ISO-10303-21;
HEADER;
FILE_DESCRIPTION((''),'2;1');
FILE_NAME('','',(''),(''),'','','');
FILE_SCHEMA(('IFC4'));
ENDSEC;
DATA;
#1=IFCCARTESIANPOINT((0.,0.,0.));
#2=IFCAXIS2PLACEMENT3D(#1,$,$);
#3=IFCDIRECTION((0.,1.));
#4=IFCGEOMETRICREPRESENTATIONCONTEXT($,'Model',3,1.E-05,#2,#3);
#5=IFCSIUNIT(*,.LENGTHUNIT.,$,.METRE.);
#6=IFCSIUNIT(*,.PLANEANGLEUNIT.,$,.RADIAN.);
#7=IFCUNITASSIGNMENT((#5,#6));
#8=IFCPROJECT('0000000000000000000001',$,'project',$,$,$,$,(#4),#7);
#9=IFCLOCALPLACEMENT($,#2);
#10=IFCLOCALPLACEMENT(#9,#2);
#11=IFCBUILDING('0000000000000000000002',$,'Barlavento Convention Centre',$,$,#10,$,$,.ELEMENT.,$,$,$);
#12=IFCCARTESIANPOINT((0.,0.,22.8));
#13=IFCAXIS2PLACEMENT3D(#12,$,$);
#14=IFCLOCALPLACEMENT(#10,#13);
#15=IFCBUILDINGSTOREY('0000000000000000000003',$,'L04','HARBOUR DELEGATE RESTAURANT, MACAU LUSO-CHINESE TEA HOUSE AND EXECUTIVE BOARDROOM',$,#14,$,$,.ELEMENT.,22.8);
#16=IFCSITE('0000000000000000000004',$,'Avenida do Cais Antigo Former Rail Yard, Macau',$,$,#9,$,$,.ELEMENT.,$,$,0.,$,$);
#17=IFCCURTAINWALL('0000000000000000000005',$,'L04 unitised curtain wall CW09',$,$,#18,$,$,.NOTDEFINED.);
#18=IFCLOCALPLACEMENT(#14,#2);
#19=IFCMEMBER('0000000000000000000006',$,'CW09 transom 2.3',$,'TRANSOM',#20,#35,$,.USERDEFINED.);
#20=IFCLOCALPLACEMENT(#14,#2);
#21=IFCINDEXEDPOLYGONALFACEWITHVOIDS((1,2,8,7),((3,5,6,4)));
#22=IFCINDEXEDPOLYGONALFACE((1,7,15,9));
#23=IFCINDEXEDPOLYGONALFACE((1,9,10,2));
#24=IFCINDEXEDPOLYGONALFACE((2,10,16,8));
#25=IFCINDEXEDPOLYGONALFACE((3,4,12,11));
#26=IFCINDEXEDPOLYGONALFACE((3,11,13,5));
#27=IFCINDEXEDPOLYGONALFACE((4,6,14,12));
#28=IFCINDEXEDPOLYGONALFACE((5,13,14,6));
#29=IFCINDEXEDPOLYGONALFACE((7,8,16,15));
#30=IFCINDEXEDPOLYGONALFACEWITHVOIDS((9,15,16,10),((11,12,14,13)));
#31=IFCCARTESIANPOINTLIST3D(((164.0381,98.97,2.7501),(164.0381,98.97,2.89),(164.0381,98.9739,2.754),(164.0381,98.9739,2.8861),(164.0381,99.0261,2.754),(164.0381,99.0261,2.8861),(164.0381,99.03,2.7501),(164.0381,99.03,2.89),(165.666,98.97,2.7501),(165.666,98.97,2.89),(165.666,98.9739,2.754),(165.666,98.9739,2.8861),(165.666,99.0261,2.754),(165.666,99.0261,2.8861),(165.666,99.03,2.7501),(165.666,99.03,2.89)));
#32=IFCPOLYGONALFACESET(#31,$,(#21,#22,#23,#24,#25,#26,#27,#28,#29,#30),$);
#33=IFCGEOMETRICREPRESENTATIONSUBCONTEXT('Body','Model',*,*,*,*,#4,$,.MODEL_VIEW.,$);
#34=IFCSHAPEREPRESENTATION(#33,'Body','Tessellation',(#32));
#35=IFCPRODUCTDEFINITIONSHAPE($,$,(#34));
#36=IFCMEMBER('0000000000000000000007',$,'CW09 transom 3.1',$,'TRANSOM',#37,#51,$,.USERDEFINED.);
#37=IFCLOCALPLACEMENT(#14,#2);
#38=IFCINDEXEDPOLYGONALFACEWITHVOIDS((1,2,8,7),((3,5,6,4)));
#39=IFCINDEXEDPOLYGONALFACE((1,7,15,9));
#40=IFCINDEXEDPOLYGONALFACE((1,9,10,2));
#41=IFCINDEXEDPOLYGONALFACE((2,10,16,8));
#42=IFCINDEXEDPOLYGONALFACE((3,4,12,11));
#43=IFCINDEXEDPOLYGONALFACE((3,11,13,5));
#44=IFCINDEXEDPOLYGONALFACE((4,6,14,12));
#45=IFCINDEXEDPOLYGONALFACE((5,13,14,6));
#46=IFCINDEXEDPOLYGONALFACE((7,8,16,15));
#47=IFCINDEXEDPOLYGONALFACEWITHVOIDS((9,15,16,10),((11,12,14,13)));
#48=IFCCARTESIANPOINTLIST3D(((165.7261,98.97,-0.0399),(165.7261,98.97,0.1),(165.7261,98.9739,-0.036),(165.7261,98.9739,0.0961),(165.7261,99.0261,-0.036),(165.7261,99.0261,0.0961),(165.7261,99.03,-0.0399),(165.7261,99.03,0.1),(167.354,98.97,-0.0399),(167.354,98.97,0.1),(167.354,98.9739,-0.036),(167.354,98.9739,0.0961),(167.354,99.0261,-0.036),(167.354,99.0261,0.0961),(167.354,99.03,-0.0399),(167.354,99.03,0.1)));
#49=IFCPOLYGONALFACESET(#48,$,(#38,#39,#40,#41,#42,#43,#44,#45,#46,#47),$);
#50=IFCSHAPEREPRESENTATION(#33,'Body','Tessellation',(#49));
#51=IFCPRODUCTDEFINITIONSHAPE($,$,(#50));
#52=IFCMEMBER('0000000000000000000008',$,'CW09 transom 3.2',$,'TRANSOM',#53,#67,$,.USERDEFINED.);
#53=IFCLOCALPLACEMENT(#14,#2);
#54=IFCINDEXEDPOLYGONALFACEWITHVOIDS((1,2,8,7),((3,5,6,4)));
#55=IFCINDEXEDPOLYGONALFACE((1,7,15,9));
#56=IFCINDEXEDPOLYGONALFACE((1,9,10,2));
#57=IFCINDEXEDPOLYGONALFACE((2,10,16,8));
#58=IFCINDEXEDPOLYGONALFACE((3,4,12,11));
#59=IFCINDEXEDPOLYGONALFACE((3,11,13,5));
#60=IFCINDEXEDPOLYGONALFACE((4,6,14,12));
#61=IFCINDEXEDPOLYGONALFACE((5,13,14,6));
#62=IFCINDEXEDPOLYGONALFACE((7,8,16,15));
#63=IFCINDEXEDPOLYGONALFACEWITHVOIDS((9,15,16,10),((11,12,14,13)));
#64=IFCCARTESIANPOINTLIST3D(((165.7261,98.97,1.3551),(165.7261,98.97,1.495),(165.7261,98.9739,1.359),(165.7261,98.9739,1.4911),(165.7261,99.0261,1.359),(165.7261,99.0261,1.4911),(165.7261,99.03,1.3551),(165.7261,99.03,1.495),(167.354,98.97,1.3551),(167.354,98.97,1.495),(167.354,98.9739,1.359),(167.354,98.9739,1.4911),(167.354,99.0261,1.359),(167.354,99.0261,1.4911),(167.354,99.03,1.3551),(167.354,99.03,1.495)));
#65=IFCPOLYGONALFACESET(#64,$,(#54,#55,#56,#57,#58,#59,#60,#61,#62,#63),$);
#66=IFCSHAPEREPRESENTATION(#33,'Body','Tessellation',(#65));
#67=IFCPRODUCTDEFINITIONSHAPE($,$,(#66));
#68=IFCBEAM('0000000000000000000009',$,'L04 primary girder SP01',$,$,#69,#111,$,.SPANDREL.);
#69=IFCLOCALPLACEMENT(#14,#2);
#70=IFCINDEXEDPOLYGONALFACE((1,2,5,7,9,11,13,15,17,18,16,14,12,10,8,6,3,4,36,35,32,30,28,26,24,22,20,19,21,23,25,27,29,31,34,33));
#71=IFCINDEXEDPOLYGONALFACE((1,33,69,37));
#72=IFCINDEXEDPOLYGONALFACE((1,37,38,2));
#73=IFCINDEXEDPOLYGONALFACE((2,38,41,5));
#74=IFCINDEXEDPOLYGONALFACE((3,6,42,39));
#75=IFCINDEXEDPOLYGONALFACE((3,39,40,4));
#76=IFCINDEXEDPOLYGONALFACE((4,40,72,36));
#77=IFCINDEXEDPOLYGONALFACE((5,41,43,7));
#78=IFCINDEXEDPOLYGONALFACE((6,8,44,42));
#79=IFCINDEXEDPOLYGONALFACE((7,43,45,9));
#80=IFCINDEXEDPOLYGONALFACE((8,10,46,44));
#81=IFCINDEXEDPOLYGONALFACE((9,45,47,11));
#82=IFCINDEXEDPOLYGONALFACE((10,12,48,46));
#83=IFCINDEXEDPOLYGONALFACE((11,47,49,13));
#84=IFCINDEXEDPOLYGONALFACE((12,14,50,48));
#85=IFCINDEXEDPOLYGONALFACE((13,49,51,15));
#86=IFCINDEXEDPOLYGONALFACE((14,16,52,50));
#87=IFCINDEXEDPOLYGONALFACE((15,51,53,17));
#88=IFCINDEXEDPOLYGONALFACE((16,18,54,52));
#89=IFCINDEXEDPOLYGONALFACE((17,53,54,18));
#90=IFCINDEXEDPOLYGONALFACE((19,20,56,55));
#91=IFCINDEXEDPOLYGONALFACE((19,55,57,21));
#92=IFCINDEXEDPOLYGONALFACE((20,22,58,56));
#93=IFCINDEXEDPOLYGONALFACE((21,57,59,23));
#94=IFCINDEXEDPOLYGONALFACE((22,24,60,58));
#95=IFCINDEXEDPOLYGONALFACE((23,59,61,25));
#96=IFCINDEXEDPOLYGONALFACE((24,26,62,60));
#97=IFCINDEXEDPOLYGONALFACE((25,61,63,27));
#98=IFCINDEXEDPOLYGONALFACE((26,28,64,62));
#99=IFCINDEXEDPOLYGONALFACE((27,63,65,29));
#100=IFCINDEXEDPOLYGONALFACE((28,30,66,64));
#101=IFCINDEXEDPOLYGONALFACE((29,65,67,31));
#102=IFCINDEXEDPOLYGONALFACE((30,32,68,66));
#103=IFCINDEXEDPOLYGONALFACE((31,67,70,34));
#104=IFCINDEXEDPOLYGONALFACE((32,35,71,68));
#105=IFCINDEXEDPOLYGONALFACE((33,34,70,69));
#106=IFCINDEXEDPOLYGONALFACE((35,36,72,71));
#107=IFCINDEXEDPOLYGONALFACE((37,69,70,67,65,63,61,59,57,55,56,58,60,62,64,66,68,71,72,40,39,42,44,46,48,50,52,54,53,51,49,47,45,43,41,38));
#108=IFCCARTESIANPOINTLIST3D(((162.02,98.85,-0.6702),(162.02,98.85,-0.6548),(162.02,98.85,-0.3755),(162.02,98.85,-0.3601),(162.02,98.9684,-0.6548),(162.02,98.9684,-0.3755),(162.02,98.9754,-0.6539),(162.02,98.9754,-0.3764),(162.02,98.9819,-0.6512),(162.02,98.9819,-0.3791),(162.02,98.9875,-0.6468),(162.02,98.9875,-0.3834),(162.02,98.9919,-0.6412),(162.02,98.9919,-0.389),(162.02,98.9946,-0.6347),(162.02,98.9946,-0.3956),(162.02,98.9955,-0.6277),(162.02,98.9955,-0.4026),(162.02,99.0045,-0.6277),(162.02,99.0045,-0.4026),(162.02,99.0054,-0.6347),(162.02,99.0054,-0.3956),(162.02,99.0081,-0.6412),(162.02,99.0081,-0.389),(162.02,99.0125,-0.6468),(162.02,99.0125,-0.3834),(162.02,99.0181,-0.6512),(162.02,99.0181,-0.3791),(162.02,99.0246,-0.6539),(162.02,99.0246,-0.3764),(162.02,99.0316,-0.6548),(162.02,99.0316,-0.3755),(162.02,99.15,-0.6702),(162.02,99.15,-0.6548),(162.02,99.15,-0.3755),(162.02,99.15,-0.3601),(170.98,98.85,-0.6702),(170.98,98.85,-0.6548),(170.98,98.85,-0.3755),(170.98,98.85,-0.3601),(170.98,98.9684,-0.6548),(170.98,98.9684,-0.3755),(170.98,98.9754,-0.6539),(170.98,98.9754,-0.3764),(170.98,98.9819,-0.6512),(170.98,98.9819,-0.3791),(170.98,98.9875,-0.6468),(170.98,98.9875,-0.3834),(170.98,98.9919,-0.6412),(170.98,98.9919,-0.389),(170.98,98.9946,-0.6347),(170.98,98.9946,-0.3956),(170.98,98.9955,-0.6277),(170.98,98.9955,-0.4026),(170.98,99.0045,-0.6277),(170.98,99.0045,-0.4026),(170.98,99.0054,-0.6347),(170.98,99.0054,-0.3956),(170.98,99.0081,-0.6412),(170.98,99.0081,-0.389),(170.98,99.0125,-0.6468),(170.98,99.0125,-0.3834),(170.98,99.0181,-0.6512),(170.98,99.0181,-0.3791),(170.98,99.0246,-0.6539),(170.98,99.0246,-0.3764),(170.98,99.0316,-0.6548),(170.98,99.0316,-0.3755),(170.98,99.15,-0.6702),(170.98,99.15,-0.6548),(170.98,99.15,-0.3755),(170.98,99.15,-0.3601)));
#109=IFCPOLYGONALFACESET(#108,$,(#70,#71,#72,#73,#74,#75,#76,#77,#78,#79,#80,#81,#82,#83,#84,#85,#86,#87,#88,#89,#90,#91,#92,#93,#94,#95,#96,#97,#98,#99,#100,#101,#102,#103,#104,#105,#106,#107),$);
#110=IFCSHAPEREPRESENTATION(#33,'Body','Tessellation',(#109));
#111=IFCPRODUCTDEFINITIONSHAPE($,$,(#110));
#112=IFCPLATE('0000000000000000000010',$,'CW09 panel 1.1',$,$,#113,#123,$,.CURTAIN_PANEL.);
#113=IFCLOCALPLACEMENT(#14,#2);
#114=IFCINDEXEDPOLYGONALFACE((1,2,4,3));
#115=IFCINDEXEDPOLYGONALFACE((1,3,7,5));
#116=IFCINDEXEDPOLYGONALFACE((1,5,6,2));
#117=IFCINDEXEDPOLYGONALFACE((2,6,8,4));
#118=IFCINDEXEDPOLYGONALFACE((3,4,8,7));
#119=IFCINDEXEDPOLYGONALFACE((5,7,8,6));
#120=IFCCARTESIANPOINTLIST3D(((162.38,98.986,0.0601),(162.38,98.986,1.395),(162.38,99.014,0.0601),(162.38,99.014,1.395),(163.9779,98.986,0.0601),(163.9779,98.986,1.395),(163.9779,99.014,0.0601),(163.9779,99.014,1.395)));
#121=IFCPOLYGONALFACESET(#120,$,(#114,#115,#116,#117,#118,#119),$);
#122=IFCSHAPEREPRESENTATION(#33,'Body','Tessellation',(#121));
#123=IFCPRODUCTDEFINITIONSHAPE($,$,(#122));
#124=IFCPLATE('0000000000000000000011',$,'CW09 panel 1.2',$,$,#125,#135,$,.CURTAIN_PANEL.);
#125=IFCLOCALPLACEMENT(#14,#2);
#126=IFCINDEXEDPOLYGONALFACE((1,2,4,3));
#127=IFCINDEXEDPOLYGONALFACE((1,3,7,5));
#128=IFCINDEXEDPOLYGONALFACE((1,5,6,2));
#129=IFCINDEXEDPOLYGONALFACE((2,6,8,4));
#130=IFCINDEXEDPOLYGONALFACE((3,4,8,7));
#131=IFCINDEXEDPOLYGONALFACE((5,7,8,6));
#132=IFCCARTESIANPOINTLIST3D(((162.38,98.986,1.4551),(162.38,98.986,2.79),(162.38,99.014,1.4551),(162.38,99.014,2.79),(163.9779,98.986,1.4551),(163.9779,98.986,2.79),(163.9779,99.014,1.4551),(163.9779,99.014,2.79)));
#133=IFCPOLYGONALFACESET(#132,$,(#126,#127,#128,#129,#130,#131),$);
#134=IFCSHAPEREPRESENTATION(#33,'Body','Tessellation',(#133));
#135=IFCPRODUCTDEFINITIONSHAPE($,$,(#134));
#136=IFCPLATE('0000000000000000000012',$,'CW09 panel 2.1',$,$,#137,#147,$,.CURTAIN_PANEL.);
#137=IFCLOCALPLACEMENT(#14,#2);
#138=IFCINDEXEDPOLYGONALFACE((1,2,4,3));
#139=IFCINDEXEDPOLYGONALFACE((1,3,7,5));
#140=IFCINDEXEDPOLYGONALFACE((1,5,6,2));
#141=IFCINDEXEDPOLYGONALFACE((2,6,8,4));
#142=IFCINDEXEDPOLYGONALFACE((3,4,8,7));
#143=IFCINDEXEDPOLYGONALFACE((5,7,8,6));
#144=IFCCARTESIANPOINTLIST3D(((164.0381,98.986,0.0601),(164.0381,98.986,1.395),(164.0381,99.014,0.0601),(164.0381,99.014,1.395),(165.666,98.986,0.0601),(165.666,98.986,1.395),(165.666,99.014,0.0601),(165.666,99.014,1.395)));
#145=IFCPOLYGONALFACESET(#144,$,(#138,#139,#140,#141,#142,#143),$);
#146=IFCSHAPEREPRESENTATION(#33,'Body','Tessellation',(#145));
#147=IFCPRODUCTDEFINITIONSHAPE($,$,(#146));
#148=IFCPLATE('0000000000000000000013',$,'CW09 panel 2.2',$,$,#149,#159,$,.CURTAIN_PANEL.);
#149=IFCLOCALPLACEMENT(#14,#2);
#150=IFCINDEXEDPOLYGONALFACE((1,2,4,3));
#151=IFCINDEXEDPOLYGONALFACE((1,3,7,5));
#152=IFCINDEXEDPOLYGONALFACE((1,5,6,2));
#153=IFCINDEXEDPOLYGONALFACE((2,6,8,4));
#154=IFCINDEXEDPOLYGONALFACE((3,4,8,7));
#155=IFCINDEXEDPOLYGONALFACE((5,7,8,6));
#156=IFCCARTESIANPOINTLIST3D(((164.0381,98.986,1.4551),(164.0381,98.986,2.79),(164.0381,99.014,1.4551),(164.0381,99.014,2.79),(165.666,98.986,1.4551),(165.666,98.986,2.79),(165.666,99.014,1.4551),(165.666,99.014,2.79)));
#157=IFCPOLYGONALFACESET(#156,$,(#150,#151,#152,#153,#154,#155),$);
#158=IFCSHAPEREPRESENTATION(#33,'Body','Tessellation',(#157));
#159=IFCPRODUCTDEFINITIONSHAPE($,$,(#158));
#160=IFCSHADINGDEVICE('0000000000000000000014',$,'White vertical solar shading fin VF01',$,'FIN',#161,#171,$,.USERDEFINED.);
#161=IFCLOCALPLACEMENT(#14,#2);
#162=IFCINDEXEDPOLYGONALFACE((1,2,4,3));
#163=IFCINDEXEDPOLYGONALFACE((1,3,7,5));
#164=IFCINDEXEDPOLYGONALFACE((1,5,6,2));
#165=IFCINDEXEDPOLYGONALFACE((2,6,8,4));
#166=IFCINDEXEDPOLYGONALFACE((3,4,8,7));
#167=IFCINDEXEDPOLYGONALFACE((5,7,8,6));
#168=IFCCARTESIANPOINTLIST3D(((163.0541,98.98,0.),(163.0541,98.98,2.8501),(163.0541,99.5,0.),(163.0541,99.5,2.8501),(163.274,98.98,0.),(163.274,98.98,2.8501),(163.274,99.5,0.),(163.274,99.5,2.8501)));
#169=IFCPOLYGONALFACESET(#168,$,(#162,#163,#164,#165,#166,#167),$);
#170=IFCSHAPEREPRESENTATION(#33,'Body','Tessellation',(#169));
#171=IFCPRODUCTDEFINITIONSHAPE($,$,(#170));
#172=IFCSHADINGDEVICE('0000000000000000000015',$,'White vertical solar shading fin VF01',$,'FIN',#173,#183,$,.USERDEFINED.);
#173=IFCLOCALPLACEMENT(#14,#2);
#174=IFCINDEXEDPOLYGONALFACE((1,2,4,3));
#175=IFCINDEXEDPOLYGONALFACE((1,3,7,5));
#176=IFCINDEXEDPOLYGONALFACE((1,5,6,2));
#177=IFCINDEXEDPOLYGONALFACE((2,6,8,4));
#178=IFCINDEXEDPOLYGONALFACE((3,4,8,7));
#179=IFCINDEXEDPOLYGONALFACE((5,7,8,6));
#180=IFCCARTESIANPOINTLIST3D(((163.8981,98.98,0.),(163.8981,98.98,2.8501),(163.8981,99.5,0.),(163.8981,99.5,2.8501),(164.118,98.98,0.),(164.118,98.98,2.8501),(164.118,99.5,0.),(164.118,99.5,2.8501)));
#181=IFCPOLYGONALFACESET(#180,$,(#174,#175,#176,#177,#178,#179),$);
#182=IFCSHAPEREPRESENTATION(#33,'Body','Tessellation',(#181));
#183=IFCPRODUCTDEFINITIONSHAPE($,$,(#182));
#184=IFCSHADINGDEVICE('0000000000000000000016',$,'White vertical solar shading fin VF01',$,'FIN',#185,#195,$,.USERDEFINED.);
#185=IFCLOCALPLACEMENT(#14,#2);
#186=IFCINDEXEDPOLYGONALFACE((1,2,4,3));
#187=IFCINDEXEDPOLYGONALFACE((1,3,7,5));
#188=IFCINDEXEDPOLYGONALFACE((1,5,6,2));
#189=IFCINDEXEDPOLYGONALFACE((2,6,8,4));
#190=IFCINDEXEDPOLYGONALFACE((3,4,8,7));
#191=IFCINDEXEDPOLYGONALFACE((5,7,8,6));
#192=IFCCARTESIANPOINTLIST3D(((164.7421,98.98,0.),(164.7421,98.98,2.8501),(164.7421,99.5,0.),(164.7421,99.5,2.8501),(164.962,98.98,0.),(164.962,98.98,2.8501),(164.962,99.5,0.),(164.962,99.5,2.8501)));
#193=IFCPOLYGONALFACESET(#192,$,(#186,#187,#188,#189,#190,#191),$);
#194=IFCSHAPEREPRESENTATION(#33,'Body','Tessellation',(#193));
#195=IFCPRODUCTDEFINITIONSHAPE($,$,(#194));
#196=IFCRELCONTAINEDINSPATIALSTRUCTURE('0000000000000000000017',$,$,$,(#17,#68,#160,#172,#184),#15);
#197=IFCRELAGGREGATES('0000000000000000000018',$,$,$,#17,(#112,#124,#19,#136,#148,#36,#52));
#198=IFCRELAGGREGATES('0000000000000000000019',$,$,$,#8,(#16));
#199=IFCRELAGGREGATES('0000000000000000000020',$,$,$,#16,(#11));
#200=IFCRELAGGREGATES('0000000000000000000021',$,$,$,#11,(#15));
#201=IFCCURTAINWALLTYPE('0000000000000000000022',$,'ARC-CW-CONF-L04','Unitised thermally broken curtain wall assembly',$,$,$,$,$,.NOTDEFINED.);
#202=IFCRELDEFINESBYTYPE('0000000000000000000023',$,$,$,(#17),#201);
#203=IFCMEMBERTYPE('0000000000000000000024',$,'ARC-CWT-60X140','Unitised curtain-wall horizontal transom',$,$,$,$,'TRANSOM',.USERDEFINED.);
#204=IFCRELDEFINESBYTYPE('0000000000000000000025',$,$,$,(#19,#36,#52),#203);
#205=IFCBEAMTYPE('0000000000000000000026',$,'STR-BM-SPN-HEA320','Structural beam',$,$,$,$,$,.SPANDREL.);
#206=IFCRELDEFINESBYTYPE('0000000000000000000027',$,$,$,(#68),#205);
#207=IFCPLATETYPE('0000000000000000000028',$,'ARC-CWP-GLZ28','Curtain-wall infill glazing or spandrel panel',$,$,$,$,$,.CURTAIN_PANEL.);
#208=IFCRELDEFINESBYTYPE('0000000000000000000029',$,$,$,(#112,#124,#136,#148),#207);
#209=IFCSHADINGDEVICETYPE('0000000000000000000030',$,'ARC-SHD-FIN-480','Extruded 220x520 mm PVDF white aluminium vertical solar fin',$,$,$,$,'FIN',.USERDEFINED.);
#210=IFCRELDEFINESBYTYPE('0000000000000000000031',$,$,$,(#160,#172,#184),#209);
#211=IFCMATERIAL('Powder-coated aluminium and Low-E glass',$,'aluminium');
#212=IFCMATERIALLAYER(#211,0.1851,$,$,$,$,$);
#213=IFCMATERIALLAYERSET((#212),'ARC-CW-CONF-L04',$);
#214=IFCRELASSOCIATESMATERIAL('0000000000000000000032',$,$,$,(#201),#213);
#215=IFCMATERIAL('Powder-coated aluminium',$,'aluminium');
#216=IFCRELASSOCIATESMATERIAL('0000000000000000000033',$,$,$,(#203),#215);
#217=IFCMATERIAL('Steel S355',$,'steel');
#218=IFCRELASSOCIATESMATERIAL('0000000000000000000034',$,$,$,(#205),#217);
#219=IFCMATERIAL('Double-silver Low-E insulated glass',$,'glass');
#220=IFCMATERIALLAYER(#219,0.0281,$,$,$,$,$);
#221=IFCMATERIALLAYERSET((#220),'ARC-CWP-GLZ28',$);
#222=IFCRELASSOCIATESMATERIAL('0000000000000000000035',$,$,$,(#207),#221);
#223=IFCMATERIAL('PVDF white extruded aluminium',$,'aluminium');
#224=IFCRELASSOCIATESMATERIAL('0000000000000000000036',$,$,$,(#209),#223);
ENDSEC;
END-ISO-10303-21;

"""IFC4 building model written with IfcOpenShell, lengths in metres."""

from ifc_helpers import new_model, si_unit, direction, frame, origin, origin_2d, place, context, subcontext, project, spatial, rectangle, hollow_rectangle, i_section, extrude, material, layer, layer_set, material_profile, profile_set, type_object, element, aggregate, save


model = new_model("IFC4")

# Units and contexts
model_context = context("Model", 3, precision=1e-05, world=origin(), true_north=direction((0.0, 1.0)))
body_context = subcontext(model_context, "Body", "Model", "MODEL_VIEW")
ifc_project = project(units=[si_unit("LENGTHUNIT", "METRE"), si_unit("PLANEANGLEUNIT", "RADIAN")], contexts=[model_context])

# Site, building, storey
site_placement = place(None, origin())
site = spatial("IfcSite", under=ifc_project, at=site_placement, Name="Avenida do Cais Antigo Former Rail Yard, Macau", CompositionType="ELEMENT", RefElevation=0.0)
building_placement = place(site_placement, origin())
building = spatial("IfcBuilding", under=site, at=building_placement, Name="Barlavento Convention Centre", CompositionType="ELEMENT")
storey_placement = place(building_placement, frame((0.0, 0.0, 22.8)))
storey = spatial("IfcBuildingStorey", under=building, at=storey_placement, Name="L04", Description="HARBOUR DELEGATE RESTAURANT, MACAU LUSO-CHINESE TEA HOUSE AND EXECUTIVE BOARDROOM", CompositionType="ELEMENT", Elevation=22.8)

# Shared definitions
ifc_material_1 = material(Name="Steel S355", Category="steel")

# Curtain wall, members
ifc_material_2 = material(Name="Powder-coated aluminium and Low-E glass", Category="aluminium")
ifc_layer_1 = layer(ifc_material_2, 0.1851)
ifc_layer_set_1 = layer_set([ifc_layer_1], Name="ARC-CW-CONF-L04")
curtain_wall_type = type_object("IfcCurtainWallType", Name="ARC-CW-CONF-L04", Description="Unitised thermally broken curtain wall assembly", PredefinedType="NOTDEFINED", material=ifc_layer_set_1)
curtain_wall_placement = place(storey_placement, origin())
curtain_wall = element("IfcCurtainWall", 1, at=curtain_wall_placement, inside=storey, type_object=curtain_wall_type, Name="L04 unitised curtain wall CW09", PredefinedType="NOTDEFINED")
ifc_material_3 = material(Name="Powder-coated aluminium", Category="aluminium")
ifc_material_profile_1 = material_profile(ifc_material_3, hollow_rectangle(XDim=0.0601, YDim=0.1399, WallThickness=0.0039, at=origin_2d()), Name="AL-TRAN 60x140x4")
ifc_profile_set_1 = profile_set([ifc_material_profile_1], Name="Powder-coated aluminium")
member_type_1 = type_object("IfcMemberType", Name="ARC-CWT-60X140", Description="Unitised curtain-wall horizontal transom", ElementType="TRANSOM", PredefinedType="USERDEFINED", material=ifc_profile_set_1)
member_1_placement = place(storey_placement, frame((164.0381, 99.0, 2.8201), z_axis=(1.0, 0.0, 0.0), x_axis=(0.0, 1.0, 0.0)))
member_1 = element("IfcMember", 2, at=member_1_placement, type_object=member_type_1, Name="CW09 transom 2.3", ObjectType="TRANSOM", PredefinedType="USERDEFINED", context=body_context, shape_type="SweptSolid", body=[
    extrude(hollow_rectangle(XDim=0.0601, YDim=0.1399, WallThickness=0.0039, at=origin_2d()), origin(), (0.0, 0.0, 1.0), 1.6279),
])
member_2_placement = place(storey_placement, frame((165.7261, 99.0, 0.03), z_axis=(1.0, 0.0, 0.0), x_axis=(0.0, 1.0, 0.0)))
member_2 = element("IfcMember", 3, at=member_2_placement, type_object=member_type_1, Name="CW09 transom 3.1", ObjectType="TRANSOM", PredefinedType="USERDEFINED", context=body_context, shape_type="SweptSolid", body=[
    extrude(hollow_rectangle(XDim=0.0601, YDim=0.1399, WallThickness=0.0039, at=origin_2d()), origin(), (0.0, 0.0, 1.0), 1.6279),
])
member_3_placement = place(storey_placement, frame((165.7261, 99.0, 1.425), z_axis=(1.0, 0.0, 0.0), x_axis=(0.0, 1.0, 0.0)))
member_3 = element("IfcMember", 4, at=member_3_placement, type_object=member_type_1, Name="CW09 transom 3.2", ObjectType="TRANSOM", PredefinedType="USERDEFINED", context=body_context, shape_type="SweptSolid", body=[
    extrude(hollow_rectangle(XDim=0.0601, YDim=0.1399, WallThickness=0.0039, at=origin_2d()), origin(), (0.0, 0.0, 1.0), 1.6279),
])

# Beam
ifc_material_profile_2 = material_profile(ifc_material_1, i_section(OverallWidth=0.3, OverallDepth=0.3101, WebThickness=0.009, FlangeThickness=0.0154, FilletRadius=0.0271, at=origin_2d()), Name="HEA 320")
ifc_profile_set_2 = profile_set([ifc_material_profile_2], Name="Steel S355")
beam_type = type_object("IfcBeamType", Name="STR-BM-SPN-HEA320", Description="Structural beam", PredefinedType="SPANDREL", material=ifc_profile_set_2)
beam_placement = place(storey_placement, frame((162.02, 99.0, -0.5151), z_axis=(1.0, 0.0, 0.0), x_axis=(0.0, 1.0, 0.0)))
element("IfcBeam", 5, at=beam_placement, inside=storey, type_object=beam_type, Name="L04 primary girder SP01", PredefinedType="SPANDREL", context=body_context, shape_type="SweptSolid", body=[
    extrude(i_section(OverallWidth=0.3, OverallDepth=0.3101, WebThickness=0.009, FlangeThickness=0.0154, FilletRadius=0.0271, at=origin_2d()), origin(), (0.0, 0.0, 1.0), 8.96),
])

# Plates
ifc_material_4 = material(Name="Double-silver Low-E insulated glass", Category="glass")
ifc_layer_2 = layer(ifc_material_4, 0.0281)
ifc_layer_set_2 = layer_set([ifc_layer_2], Name="ARC-CWP-GLZ28")
plate_type = type_object("IfcPlateType", Name="ARC-CWP-GLZ28", Description="Curtain-wall infill glazing or spandrel panel", PredefinedType="CURTAIN_PANEL", material=ifc_layer_set_2)
plate_1_placement = place(storey_placement, frame((163.179, 99.0, 0.0601), z_axis=(0.0, 0.0, 1.0), x_axis=(1.0, 0.0, 0.0)))
plate_1 = element("IfcPlate", 6, at=plate_1_placement, type_object=plate_type, Name="CW09 panel 1.1", PredefinedType="CURTAIN_PANEL", context=body_context, shape_type="SweptSolid", body=[
    extrude(rectangle(XDim=1.5979, YDim=0.0281, at=origin_2d()), origin(), (0.0, 0.0, 1.0), 1.335),
])
plate_2_placement = place(storey_placement, frame((163.179, 99.0, 1.4551), z_axis=(0.0, 0.0, 1.0), x_axis=(1.0, 0.0, 0.0)))
plate_2 = element("IfcPlate", 7, at=plate_2_placement, type_object=plate_type, Name="CW09 panel 1.2", PredefinedType="CURTAIN_PANEL", context=body_context, shape_type="SweptSolid", body=[
    extrude(rectangle(XDim=1.5979, YDim=0.0281, at=origin_2d()), origin(), (0.0, 0.0, 1.0), 1.335),
])
plate_3_placement = place(storey_placement, frame((164.8521, 99.0, 0.0601), z_axis=(0.0, 0.0, 1.0), x_axis=(1.0, 0.0, 0.0)))
plate_3 = element("IfcPlate", 8, at=plate_3_placement, type_object=plate_type, Name="CW09 panel 2.1", PredefinedType="CURTAIN_PANEL", context=body_context, shape_type="SweptSolid", body=[
    extrude(rectangle(XDim=1.6279, YDim=0.0281, at=origin_2d()), origin(), (0.0, 0.0, 1.0), 1.335),
])
plate_4_placement = place(storey_placement, frame((164.8521, 99.0, 1.4551), z_axis=(0.0, 0.0, 1.0), x_axis=(1.0, 0.0, 0.0)))
plate_4 = element("IfcPlate", 9, at=plate_4_placement, type_object=plate_type, Name="CW09 panel 2.2", PredefinedType="CURTAIN_PANEL", context=body_context, shape_type="SweptSolid", body=[
    extrude(rectangle(XDim=1.6279, YDim=0.0281, at=origin_2d()), origin(), (0.0, 0.0, 1.0), 1.335),
])
aggregate(curtain_wall, [plate_1, plate_2, member_1, plate_3, plate_4, member_2, member_3])

# Shading devices
ifc_material_5 = material(Name="PVDF white extruded aluminium", Category="aluminium")
shading_device_type = type_object("IfcShadingDeviceType", Name="ARC-SHD-FIN-480", Description="Extruded 220x520 mm PVDF white aluminium vertical solar fin", ElementType="FIN", PredefinedType="USERDEFINED", material=ifc_material_5)
for number, where, z_axis, x_axis, name in (
    (10, (163.1641, 99.24, 0.0), (0.0, 0.0, 1.0), (1.0, 0.0, 0.0), "White vertical solar shading fin VF01"),
    (11, (164.0081, 99.24, 0.0), (0.0, 0.0, 1.0), (1.0, 0.0, 0.0), "White vertical solar shading fin VF01"),
    (12, (164.8521, 99.24, 0.0), (0.0, 0.0, 1.0), (1.0, 0.0, 0.0), "White vertical solar shading fin VF01"),
):
    element("IfcShadingDevice", number, at=place(storey_placement, frame(where, z_axis=z_axis, x_axis=x_axis)), inside=storey, type_object=shading_device_type, Name=name, ObjectType="FIN", PredefinedType="USERDEFINED", context=body_context, shape_type="SweptSolid", body=[
        extrude(rectangle(XDim=0.22, YDim=0.52, at=origin_2d()), origin(), (0.0, 0.0, 1.0), 2.8501),
    ])

save(model, "model.ifc")
